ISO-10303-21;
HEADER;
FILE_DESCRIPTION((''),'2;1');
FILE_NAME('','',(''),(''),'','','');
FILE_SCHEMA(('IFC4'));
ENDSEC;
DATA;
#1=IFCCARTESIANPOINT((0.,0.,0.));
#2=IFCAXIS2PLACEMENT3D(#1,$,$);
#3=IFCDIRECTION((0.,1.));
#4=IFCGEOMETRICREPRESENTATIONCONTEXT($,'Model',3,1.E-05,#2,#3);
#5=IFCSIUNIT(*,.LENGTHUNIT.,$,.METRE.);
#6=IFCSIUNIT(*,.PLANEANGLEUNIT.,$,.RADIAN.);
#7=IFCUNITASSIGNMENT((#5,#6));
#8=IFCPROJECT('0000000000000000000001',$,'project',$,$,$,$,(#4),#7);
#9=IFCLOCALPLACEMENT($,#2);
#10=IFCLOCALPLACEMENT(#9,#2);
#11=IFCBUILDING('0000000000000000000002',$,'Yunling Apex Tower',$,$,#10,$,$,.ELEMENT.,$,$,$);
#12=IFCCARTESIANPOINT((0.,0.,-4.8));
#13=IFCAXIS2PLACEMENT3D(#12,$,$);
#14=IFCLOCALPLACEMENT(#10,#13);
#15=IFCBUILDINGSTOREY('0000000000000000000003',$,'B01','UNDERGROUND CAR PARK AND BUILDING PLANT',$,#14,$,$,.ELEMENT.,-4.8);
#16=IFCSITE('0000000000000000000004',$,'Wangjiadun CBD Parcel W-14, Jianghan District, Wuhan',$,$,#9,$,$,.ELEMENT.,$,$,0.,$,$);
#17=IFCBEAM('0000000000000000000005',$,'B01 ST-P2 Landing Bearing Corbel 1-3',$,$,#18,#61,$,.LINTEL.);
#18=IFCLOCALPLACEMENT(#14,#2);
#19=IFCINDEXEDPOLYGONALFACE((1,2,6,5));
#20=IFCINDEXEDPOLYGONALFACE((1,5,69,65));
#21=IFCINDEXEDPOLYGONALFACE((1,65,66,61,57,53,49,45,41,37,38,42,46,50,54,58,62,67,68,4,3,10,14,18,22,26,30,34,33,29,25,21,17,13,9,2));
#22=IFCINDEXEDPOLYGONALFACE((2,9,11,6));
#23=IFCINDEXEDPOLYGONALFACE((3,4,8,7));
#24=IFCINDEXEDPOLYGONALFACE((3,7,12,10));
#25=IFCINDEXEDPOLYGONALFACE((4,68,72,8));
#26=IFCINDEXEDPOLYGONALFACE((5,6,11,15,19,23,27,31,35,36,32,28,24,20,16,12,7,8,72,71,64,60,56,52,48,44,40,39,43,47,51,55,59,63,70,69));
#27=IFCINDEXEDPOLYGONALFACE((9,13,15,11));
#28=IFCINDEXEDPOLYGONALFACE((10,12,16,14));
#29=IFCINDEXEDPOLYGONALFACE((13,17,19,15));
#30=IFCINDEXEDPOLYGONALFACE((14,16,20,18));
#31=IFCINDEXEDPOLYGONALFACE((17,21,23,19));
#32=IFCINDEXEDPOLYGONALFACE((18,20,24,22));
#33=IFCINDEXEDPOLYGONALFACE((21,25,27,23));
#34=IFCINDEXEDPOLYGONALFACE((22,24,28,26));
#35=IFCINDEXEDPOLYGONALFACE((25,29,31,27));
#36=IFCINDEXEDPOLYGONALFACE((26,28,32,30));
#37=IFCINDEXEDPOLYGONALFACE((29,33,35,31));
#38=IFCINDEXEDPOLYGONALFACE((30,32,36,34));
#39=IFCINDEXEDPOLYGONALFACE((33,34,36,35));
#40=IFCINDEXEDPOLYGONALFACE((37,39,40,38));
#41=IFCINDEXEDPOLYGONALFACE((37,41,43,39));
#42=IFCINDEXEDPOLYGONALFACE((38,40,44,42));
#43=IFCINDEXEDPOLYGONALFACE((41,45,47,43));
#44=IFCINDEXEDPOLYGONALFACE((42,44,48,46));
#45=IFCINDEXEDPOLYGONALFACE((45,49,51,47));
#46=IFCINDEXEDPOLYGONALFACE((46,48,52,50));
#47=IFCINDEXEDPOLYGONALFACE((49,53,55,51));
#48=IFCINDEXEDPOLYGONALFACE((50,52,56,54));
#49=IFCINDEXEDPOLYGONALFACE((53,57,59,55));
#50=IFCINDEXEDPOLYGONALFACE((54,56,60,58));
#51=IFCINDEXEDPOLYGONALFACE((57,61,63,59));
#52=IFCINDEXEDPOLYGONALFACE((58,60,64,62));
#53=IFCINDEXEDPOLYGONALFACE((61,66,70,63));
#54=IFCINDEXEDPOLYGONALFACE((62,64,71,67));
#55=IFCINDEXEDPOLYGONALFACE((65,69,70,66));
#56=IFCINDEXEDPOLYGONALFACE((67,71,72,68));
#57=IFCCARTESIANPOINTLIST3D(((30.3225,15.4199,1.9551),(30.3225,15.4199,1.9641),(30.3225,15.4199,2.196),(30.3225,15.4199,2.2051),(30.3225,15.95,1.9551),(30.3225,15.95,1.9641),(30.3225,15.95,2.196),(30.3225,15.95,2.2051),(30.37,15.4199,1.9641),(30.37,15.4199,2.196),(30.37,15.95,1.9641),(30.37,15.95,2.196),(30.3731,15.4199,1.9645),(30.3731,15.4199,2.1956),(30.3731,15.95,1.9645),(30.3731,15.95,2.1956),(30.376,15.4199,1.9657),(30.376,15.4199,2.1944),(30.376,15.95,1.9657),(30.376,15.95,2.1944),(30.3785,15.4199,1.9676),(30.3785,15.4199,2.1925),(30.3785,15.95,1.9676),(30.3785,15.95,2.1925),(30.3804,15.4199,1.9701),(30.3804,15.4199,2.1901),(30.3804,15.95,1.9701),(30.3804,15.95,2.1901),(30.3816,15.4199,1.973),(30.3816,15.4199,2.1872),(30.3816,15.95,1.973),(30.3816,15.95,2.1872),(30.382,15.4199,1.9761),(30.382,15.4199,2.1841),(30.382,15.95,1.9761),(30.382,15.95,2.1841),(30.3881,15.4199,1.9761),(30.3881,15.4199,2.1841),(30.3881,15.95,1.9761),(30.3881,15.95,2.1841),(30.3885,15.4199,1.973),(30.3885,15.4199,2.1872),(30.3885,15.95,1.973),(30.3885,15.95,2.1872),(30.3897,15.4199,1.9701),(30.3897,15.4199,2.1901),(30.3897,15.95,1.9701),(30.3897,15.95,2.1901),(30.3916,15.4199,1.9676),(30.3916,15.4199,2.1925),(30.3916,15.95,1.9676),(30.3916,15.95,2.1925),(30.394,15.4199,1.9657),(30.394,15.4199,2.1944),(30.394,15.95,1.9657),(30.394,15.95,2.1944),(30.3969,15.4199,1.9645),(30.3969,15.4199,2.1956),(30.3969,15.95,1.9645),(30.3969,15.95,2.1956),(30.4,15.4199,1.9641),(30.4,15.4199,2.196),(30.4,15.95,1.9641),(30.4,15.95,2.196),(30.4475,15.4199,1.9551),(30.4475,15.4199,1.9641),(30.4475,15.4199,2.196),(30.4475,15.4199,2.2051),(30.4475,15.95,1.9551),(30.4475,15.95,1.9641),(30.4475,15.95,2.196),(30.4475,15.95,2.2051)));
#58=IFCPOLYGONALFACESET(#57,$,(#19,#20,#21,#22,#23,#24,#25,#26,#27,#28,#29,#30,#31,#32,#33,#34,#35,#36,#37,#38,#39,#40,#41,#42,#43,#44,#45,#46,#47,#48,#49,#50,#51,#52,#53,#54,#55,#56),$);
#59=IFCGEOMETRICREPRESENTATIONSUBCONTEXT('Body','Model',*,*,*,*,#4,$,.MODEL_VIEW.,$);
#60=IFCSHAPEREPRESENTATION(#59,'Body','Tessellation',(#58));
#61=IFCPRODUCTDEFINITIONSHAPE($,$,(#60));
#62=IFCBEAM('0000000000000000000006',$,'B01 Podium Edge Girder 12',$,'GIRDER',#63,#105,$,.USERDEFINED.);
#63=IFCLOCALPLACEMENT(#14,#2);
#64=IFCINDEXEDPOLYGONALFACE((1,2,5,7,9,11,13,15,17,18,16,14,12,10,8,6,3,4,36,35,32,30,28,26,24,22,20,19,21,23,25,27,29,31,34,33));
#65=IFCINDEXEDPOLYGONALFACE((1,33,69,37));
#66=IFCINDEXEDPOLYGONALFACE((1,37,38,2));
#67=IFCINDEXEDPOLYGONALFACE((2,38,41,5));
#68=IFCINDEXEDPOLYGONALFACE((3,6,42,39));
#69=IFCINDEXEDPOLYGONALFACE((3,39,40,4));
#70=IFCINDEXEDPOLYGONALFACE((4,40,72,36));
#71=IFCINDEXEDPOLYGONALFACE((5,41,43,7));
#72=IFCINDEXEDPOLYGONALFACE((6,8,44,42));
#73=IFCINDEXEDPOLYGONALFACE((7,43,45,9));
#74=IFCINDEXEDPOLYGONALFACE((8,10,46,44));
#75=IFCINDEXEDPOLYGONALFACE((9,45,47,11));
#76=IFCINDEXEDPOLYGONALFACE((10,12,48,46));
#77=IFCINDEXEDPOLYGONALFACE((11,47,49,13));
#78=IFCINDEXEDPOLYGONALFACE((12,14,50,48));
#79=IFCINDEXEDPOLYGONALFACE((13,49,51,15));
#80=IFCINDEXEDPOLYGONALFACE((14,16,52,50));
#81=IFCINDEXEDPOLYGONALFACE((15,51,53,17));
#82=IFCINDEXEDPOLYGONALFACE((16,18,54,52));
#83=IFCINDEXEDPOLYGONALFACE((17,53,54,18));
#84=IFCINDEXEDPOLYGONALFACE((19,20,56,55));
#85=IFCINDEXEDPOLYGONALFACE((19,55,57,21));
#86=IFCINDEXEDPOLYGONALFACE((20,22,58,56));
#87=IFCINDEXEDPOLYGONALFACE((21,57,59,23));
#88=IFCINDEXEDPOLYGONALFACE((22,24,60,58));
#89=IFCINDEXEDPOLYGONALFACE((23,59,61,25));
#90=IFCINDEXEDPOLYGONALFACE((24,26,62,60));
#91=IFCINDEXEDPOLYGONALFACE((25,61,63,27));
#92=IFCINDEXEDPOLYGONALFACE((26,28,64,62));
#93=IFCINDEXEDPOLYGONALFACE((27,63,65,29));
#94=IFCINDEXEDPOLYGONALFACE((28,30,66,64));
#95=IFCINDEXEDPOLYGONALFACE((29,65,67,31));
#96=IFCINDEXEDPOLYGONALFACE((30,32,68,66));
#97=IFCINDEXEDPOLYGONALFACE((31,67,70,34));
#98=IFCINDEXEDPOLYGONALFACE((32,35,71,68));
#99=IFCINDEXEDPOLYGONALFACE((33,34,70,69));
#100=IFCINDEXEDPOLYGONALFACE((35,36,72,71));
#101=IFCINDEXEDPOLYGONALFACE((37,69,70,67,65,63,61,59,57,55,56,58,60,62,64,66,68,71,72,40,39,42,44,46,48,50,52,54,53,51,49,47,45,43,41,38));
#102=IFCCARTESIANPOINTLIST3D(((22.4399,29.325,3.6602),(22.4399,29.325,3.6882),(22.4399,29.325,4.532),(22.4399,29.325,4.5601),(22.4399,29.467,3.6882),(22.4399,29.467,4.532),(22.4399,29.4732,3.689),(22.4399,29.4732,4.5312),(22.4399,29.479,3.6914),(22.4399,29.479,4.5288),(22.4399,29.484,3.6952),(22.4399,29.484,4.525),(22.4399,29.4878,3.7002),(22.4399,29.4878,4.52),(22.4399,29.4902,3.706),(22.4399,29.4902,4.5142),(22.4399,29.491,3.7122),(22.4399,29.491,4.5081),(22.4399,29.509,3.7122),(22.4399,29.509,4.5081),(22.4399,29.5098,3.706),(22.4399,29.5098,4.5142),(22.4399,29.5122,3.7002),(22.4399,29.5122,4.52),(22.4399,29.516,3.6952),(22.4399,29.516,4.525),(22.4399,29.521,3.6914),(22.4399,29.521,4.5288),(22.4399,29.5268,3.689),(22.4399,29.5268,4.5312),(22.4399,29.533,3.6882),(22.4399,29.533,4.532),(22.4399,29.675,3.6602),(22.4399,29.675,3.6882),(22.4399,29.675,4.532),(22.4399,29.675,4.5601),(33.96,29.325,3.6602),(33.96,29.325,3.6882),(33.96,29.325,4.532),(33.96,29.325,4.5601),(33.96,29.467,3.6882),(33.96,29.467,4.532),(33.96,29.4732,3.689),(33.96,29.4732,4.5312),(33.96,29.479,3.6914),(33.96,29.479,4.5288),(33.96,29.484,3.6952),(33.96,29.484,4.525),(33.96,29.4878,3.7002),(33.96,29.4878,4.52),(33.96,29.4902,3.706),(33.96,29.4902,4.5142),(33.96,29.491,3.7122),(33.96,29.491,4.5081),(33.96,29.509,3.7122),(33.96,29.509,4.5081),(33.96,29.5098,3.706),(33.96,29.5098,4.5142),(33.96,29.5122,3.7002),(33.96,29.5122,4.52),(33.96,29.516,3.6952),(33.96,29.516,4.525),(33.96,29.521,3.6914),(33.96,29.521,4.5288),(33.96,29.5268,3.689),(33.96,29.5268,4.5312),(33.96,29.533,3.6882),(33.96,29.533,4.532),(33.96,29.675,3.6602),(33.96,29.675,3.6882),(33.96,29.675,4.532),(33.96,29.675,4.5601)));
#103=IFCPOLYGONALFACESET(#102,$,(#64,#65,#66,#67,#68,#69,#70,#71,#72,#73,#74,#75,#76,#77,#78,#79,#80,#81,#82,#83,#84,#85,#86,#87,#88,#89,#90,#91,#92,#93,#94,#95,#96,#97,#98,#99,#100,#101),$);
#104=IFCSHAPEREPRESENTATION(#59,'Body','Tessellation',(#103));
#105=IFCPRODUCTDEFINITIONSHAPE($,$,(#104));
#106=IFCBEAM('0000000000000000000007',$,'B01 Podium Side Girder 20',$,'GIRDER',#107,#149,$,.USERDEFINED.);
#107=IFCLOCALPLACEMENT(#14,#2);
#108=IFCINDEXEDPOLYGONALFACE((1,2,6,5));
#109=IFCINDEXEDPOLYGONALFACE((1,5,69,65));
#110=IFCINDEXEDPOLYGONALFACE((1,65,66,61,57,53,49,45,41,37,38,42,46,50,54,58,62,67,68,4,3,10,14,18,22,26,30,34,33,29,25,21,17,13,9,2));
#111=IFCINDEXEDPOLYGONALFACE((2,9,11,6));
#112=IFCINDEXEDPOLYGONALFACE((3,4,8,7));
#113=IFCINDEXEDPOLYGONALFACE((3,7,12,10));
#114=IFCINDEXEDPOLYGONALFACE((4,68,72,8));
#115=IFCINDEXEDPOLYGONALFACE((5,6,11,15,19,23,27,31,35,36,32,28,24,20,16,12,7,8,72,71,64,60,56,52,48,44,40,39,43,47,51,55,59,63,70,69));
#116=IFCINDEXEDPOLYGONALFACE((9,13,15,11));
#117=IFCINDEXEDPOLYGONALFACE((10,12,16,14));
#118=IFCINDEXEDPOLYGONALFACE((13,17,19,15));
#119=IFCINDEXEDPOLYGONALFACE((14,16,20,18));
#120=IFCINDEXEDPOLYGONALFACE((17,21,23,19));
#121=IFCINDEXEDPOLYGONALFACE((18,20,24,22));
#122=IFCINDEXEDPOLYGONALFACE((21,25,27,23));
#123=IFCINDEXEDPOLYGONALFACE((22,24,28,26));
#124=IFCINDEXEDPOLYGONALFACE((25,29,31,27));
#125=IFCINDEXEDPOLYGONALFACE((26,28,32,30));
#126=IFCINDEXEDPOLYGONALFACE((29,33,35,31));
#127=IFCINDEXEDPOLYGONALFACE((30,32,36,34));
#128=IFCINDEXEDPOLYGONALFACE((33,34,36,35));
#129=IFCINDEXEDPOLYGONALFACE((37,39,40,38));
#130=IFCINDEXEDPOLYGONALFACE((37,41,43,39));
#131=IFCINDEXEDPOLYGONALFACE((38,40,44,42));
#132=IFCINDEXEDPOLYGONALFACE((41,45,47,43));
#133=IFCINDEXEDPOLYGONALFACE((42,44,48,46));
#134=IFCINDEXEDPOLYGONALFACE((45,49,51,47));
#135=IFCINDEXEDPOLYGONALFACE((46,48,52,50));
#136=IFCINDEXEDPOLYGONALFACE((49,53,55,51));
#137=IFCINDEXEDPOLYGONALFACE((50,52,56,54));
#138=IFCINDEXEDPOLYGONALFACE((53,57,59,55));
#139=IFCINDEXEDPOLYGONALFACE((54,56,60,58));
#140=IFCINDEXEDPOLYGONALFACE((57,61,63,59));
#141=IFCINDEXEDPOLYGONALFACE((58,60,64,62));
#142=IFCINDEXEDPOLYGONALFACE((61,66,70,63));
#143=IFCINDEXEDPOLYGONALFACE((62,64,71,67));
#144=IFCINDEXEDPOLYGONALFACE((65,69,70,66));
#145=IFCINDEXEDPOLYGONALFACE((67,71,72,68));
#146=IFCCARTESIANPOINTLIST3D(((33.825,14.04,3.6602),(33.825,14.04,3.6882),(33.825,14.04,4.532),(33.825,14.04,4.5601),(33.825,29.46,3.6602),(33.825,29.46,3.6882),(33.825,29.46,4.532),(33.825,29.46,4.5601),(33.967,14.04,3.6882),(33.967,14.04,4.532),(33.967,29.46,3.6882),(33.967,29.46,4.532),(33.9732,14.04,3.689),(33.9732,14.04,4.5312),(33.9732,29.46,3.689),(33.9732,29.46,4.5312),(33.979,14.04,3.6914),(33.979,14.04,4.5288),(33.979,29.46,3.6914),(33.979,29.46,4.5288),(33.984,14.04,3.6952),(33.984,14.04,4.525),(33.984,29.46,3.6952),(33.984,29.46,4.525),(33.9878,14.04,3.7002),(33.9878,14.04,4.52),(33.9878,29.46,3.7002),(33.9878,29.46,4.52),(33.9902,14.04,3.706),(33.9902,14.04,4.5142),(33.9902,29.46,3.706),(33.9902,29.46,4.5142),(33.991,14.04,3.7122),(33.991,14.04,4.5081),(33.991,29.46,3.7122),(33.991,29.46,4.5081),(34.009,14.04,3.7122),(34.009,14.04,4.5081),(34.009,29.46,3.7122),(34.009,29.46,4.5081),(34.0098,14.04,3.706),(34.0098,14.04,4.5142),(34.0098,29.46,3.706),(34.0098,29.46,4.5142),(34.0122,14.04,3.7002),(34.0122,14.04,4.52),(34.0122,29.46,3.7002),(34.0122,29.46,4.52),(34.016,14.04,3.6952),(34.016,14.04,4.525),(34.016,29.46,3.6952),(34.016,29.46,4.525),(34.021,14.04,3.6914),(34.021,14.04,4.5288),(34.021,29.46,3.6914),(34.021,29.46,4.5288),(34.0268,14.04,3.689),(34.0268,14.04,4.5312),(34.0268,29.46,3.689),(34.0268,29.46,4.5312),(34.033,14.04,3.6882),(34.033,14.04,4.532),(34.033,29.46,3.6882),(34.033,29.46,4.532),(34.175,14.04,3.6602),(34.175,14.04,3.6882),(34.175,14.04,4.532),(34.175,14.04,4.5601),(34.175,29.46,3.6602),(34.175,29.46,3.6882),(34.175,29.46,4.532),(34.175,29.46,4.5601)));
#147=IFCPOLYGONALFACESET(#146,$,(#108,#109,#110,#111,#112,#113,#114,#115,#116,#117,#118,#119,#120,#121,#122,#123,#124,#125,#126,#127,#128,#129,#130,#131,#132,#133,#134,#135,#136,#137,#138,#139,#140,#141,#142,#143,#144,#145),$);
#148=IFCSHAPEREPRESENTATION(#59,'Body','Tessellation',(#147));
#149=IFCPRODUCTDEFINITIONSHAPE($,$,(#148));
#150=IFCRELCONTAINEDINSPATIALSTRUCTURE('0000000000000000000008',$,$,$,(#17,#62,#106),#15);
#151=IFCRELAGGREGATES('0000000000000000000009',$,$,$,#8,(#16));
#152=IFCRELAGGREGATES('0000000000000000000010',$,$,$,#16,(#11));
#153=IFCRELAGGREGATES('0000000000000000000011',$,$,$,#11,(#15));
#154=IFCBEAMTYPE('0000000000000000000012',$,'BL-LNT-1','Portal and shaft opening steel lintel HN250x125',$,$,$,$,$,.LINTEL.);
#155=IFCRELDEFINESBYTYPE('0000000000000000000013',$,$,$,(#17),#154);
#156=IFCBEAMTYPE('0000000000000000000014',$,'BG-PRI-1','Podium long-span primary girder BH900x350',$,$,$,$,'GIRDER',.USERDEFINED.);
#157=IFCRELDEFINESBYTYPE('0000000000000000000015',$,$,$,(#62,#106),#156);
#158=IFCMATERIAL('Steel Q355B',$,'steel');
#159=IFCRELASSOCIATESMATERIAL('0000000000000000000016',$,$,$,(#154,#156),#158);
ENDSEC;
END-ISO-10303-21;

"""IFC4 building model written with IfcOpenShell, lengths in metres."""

from ifc_helpers import new_model, si_unit, direction, frame, origin, origin_2d, place, context, subcontext, project, spatial, i_section, extrude, source, transform, mapped, material, material_profile, profile_set, type_object, element, save


model = new_model("IFC4")

# Units and contexts
model_context = context("Model", 3, precision=1e-05, world=origin(), true_north=direction((0.0, 1.0)))
body_context = subcontext(model_context, "Body", "Model", "MODEL_VIEW")
ifc_project = project(units=[si_unit("LENGTHUNIT", "METRE"), si_unit("PLANEANGLEUNIT", "RADIAN")], contexts=[model_context])

# Site, building, storey
site_placement = place(None, origin())
site = spatial("IfcSite", under=ifc_project, at=site_placement, Name="Wangjiadun CBD Parcel W-14, Jianghan District, Wuhan", CompositionType="ELEMENT", RefElevation=0.0)
building_placement = place(site_placement, origin())
building = spatial("IfcBuilding", under=site, at=building_placement, Name="Yunling Apex Tower", CompositionType="ELEMENT")
storey_placement = place(building_placement, frame((0.0, 0.0, -4.8)))
storey = spatial("IfcBuildingStorey", under=building, at=storey_placement, Name="B01", Description="UNDERGROUND CAR PARK AND BUILDING PLANT", CompositionType="ELEMENT", Elevation=-4.8)

# Beams
ifc_material_1 = material(Name="Steel Q355B", Category="steel")
ifc_material_profile_1 = material_profile(ifc_material_1, i_section(OverallWidth=0.125, OverallDepth=0.25, WebThickness=0.0061, FlangeThickness=0.009, FilletRadius=0.012, at=origin_2d()))
ifc_profile_set_1 = profile_set([ifc_material_profile_1], Name="Steel Q355B")
beam_type_1 = type_object("IfcBeamType", Name="BL-LNT-1", Description="Portal and shaft opening steel lintel HN250x125", PredefinedType="LINTEL", material=ifc_profile_set_1)
shared_shape_1 = source(origin(), body_context, "Body", "SweptSolid", [
    extrude(i_section(OverallWidth=0.125, OverallDepth=0.25, WebThickness=0.0061, FlangeThickness=0.009, FilletRadius=0.012, at=origin_2d()), origin(), (0.0, 0.0, 1.0), 0.53),
])
beam_1_placement = place(storey_placement, frame((30.385, 15.4199, 2.0801), z_axis=(0.0, 1.0, 0.0), x_axis=(-1.0, 0.0, 0.0)))
element("IfcBeam", 1, at=beam_1_placement, inside=storey, type_object=beam_type_1, Name="B01 ST-P2 Landing Bearing Corbel 1-3", PredefinedType="LINTEL", context=body_context, shape_type="MappedRepresentation", body=[
    mapped(shared_shape_1, transform((0.0, 0.0, 0.0), scale=1.0)),
])
ifc_material_profile_2 = material_profile(ifc_material_1, i_section(OverallWidth=0.3501, OverallDepth=0.8999, WebThickness=0.0181, FlangeThickness=0.0281, FilletRadius=0.0239, at=origin_2d()))
ifc_profile_set_2 = profile_set([ifc_material_profile_2], Name="Steel Q355B")
beam_type_2 = type_object("IfcBeamType", Name="BG-PRI-1", Description="Podium long-span primary girder BH900x350", ElementType="GIRDER", PredefinedType="USERDEFINED", material=ifc_profile_set_2)
shared_shape_2 = source(origin(), body_context, "Body", "SweptSolid", [
    extrude(i_section(OverallWidth=0.3501, OverallDepth=0.8999, WebThickness=0.0181, FlangeThickness=0.0281, FilletRadius=0.0239, at=origin_2d()), origin(), (0.0, 0.0, 1.0), 11.52),
])
beam_2_placement = place(storey_placement, frame((22.4399, 29.5, 4.1101), z_axis=(1.0, 0.0, 0.0), x_axis=(0.0, 1.0, 0.0)))
element("IfcBeam", 2, at=beam_2_placement, inside=storey, type_object=beam_type_2, Name="B01 Podium Edge Girder 12", ObjectType="GIRDER", PredefinedType="USERDEFINED", context=body_context, shape_type="MappedRepresentation", body=[
    mapped(shared_shape_2, transform((0.0, 0.0, 0.0), scale=1.0)),
])
shared_shape_3 = source(origin(), body_context, "Body", "SweptSolid", [
    extrude(i_section(OverallWidth=0.3501, OverallDepth=0.8999, WebThickness=0.0181, FlangeThickness=0.0281, FilletRadius=0.0239, at=origin_2d()), origin(), (0.0, 0.0, 1.0), 15.4199),
])
beam_3_placement = place(storey_placement, frame((34.0, 14.04, 4.1101), z_axis=(0.0, 1.0, 0.0), x_axis=(-1.0, 0.0, 0.0)))
element("IfcBeam", 3, at=beam_3_placement, inside=storey, type_object=beam_type_2, Name="B01 Podium Side Girder 20", ObjectType="GIRDER", PredefinedType="USERDEFINED", context=body_context, shape_type="MappedRepresentation", body=[
    mapped(shared_shape_3, transform((0.0, 0.0, 0.0), scale=1.0)),
])

save(model, "model.ifc")
